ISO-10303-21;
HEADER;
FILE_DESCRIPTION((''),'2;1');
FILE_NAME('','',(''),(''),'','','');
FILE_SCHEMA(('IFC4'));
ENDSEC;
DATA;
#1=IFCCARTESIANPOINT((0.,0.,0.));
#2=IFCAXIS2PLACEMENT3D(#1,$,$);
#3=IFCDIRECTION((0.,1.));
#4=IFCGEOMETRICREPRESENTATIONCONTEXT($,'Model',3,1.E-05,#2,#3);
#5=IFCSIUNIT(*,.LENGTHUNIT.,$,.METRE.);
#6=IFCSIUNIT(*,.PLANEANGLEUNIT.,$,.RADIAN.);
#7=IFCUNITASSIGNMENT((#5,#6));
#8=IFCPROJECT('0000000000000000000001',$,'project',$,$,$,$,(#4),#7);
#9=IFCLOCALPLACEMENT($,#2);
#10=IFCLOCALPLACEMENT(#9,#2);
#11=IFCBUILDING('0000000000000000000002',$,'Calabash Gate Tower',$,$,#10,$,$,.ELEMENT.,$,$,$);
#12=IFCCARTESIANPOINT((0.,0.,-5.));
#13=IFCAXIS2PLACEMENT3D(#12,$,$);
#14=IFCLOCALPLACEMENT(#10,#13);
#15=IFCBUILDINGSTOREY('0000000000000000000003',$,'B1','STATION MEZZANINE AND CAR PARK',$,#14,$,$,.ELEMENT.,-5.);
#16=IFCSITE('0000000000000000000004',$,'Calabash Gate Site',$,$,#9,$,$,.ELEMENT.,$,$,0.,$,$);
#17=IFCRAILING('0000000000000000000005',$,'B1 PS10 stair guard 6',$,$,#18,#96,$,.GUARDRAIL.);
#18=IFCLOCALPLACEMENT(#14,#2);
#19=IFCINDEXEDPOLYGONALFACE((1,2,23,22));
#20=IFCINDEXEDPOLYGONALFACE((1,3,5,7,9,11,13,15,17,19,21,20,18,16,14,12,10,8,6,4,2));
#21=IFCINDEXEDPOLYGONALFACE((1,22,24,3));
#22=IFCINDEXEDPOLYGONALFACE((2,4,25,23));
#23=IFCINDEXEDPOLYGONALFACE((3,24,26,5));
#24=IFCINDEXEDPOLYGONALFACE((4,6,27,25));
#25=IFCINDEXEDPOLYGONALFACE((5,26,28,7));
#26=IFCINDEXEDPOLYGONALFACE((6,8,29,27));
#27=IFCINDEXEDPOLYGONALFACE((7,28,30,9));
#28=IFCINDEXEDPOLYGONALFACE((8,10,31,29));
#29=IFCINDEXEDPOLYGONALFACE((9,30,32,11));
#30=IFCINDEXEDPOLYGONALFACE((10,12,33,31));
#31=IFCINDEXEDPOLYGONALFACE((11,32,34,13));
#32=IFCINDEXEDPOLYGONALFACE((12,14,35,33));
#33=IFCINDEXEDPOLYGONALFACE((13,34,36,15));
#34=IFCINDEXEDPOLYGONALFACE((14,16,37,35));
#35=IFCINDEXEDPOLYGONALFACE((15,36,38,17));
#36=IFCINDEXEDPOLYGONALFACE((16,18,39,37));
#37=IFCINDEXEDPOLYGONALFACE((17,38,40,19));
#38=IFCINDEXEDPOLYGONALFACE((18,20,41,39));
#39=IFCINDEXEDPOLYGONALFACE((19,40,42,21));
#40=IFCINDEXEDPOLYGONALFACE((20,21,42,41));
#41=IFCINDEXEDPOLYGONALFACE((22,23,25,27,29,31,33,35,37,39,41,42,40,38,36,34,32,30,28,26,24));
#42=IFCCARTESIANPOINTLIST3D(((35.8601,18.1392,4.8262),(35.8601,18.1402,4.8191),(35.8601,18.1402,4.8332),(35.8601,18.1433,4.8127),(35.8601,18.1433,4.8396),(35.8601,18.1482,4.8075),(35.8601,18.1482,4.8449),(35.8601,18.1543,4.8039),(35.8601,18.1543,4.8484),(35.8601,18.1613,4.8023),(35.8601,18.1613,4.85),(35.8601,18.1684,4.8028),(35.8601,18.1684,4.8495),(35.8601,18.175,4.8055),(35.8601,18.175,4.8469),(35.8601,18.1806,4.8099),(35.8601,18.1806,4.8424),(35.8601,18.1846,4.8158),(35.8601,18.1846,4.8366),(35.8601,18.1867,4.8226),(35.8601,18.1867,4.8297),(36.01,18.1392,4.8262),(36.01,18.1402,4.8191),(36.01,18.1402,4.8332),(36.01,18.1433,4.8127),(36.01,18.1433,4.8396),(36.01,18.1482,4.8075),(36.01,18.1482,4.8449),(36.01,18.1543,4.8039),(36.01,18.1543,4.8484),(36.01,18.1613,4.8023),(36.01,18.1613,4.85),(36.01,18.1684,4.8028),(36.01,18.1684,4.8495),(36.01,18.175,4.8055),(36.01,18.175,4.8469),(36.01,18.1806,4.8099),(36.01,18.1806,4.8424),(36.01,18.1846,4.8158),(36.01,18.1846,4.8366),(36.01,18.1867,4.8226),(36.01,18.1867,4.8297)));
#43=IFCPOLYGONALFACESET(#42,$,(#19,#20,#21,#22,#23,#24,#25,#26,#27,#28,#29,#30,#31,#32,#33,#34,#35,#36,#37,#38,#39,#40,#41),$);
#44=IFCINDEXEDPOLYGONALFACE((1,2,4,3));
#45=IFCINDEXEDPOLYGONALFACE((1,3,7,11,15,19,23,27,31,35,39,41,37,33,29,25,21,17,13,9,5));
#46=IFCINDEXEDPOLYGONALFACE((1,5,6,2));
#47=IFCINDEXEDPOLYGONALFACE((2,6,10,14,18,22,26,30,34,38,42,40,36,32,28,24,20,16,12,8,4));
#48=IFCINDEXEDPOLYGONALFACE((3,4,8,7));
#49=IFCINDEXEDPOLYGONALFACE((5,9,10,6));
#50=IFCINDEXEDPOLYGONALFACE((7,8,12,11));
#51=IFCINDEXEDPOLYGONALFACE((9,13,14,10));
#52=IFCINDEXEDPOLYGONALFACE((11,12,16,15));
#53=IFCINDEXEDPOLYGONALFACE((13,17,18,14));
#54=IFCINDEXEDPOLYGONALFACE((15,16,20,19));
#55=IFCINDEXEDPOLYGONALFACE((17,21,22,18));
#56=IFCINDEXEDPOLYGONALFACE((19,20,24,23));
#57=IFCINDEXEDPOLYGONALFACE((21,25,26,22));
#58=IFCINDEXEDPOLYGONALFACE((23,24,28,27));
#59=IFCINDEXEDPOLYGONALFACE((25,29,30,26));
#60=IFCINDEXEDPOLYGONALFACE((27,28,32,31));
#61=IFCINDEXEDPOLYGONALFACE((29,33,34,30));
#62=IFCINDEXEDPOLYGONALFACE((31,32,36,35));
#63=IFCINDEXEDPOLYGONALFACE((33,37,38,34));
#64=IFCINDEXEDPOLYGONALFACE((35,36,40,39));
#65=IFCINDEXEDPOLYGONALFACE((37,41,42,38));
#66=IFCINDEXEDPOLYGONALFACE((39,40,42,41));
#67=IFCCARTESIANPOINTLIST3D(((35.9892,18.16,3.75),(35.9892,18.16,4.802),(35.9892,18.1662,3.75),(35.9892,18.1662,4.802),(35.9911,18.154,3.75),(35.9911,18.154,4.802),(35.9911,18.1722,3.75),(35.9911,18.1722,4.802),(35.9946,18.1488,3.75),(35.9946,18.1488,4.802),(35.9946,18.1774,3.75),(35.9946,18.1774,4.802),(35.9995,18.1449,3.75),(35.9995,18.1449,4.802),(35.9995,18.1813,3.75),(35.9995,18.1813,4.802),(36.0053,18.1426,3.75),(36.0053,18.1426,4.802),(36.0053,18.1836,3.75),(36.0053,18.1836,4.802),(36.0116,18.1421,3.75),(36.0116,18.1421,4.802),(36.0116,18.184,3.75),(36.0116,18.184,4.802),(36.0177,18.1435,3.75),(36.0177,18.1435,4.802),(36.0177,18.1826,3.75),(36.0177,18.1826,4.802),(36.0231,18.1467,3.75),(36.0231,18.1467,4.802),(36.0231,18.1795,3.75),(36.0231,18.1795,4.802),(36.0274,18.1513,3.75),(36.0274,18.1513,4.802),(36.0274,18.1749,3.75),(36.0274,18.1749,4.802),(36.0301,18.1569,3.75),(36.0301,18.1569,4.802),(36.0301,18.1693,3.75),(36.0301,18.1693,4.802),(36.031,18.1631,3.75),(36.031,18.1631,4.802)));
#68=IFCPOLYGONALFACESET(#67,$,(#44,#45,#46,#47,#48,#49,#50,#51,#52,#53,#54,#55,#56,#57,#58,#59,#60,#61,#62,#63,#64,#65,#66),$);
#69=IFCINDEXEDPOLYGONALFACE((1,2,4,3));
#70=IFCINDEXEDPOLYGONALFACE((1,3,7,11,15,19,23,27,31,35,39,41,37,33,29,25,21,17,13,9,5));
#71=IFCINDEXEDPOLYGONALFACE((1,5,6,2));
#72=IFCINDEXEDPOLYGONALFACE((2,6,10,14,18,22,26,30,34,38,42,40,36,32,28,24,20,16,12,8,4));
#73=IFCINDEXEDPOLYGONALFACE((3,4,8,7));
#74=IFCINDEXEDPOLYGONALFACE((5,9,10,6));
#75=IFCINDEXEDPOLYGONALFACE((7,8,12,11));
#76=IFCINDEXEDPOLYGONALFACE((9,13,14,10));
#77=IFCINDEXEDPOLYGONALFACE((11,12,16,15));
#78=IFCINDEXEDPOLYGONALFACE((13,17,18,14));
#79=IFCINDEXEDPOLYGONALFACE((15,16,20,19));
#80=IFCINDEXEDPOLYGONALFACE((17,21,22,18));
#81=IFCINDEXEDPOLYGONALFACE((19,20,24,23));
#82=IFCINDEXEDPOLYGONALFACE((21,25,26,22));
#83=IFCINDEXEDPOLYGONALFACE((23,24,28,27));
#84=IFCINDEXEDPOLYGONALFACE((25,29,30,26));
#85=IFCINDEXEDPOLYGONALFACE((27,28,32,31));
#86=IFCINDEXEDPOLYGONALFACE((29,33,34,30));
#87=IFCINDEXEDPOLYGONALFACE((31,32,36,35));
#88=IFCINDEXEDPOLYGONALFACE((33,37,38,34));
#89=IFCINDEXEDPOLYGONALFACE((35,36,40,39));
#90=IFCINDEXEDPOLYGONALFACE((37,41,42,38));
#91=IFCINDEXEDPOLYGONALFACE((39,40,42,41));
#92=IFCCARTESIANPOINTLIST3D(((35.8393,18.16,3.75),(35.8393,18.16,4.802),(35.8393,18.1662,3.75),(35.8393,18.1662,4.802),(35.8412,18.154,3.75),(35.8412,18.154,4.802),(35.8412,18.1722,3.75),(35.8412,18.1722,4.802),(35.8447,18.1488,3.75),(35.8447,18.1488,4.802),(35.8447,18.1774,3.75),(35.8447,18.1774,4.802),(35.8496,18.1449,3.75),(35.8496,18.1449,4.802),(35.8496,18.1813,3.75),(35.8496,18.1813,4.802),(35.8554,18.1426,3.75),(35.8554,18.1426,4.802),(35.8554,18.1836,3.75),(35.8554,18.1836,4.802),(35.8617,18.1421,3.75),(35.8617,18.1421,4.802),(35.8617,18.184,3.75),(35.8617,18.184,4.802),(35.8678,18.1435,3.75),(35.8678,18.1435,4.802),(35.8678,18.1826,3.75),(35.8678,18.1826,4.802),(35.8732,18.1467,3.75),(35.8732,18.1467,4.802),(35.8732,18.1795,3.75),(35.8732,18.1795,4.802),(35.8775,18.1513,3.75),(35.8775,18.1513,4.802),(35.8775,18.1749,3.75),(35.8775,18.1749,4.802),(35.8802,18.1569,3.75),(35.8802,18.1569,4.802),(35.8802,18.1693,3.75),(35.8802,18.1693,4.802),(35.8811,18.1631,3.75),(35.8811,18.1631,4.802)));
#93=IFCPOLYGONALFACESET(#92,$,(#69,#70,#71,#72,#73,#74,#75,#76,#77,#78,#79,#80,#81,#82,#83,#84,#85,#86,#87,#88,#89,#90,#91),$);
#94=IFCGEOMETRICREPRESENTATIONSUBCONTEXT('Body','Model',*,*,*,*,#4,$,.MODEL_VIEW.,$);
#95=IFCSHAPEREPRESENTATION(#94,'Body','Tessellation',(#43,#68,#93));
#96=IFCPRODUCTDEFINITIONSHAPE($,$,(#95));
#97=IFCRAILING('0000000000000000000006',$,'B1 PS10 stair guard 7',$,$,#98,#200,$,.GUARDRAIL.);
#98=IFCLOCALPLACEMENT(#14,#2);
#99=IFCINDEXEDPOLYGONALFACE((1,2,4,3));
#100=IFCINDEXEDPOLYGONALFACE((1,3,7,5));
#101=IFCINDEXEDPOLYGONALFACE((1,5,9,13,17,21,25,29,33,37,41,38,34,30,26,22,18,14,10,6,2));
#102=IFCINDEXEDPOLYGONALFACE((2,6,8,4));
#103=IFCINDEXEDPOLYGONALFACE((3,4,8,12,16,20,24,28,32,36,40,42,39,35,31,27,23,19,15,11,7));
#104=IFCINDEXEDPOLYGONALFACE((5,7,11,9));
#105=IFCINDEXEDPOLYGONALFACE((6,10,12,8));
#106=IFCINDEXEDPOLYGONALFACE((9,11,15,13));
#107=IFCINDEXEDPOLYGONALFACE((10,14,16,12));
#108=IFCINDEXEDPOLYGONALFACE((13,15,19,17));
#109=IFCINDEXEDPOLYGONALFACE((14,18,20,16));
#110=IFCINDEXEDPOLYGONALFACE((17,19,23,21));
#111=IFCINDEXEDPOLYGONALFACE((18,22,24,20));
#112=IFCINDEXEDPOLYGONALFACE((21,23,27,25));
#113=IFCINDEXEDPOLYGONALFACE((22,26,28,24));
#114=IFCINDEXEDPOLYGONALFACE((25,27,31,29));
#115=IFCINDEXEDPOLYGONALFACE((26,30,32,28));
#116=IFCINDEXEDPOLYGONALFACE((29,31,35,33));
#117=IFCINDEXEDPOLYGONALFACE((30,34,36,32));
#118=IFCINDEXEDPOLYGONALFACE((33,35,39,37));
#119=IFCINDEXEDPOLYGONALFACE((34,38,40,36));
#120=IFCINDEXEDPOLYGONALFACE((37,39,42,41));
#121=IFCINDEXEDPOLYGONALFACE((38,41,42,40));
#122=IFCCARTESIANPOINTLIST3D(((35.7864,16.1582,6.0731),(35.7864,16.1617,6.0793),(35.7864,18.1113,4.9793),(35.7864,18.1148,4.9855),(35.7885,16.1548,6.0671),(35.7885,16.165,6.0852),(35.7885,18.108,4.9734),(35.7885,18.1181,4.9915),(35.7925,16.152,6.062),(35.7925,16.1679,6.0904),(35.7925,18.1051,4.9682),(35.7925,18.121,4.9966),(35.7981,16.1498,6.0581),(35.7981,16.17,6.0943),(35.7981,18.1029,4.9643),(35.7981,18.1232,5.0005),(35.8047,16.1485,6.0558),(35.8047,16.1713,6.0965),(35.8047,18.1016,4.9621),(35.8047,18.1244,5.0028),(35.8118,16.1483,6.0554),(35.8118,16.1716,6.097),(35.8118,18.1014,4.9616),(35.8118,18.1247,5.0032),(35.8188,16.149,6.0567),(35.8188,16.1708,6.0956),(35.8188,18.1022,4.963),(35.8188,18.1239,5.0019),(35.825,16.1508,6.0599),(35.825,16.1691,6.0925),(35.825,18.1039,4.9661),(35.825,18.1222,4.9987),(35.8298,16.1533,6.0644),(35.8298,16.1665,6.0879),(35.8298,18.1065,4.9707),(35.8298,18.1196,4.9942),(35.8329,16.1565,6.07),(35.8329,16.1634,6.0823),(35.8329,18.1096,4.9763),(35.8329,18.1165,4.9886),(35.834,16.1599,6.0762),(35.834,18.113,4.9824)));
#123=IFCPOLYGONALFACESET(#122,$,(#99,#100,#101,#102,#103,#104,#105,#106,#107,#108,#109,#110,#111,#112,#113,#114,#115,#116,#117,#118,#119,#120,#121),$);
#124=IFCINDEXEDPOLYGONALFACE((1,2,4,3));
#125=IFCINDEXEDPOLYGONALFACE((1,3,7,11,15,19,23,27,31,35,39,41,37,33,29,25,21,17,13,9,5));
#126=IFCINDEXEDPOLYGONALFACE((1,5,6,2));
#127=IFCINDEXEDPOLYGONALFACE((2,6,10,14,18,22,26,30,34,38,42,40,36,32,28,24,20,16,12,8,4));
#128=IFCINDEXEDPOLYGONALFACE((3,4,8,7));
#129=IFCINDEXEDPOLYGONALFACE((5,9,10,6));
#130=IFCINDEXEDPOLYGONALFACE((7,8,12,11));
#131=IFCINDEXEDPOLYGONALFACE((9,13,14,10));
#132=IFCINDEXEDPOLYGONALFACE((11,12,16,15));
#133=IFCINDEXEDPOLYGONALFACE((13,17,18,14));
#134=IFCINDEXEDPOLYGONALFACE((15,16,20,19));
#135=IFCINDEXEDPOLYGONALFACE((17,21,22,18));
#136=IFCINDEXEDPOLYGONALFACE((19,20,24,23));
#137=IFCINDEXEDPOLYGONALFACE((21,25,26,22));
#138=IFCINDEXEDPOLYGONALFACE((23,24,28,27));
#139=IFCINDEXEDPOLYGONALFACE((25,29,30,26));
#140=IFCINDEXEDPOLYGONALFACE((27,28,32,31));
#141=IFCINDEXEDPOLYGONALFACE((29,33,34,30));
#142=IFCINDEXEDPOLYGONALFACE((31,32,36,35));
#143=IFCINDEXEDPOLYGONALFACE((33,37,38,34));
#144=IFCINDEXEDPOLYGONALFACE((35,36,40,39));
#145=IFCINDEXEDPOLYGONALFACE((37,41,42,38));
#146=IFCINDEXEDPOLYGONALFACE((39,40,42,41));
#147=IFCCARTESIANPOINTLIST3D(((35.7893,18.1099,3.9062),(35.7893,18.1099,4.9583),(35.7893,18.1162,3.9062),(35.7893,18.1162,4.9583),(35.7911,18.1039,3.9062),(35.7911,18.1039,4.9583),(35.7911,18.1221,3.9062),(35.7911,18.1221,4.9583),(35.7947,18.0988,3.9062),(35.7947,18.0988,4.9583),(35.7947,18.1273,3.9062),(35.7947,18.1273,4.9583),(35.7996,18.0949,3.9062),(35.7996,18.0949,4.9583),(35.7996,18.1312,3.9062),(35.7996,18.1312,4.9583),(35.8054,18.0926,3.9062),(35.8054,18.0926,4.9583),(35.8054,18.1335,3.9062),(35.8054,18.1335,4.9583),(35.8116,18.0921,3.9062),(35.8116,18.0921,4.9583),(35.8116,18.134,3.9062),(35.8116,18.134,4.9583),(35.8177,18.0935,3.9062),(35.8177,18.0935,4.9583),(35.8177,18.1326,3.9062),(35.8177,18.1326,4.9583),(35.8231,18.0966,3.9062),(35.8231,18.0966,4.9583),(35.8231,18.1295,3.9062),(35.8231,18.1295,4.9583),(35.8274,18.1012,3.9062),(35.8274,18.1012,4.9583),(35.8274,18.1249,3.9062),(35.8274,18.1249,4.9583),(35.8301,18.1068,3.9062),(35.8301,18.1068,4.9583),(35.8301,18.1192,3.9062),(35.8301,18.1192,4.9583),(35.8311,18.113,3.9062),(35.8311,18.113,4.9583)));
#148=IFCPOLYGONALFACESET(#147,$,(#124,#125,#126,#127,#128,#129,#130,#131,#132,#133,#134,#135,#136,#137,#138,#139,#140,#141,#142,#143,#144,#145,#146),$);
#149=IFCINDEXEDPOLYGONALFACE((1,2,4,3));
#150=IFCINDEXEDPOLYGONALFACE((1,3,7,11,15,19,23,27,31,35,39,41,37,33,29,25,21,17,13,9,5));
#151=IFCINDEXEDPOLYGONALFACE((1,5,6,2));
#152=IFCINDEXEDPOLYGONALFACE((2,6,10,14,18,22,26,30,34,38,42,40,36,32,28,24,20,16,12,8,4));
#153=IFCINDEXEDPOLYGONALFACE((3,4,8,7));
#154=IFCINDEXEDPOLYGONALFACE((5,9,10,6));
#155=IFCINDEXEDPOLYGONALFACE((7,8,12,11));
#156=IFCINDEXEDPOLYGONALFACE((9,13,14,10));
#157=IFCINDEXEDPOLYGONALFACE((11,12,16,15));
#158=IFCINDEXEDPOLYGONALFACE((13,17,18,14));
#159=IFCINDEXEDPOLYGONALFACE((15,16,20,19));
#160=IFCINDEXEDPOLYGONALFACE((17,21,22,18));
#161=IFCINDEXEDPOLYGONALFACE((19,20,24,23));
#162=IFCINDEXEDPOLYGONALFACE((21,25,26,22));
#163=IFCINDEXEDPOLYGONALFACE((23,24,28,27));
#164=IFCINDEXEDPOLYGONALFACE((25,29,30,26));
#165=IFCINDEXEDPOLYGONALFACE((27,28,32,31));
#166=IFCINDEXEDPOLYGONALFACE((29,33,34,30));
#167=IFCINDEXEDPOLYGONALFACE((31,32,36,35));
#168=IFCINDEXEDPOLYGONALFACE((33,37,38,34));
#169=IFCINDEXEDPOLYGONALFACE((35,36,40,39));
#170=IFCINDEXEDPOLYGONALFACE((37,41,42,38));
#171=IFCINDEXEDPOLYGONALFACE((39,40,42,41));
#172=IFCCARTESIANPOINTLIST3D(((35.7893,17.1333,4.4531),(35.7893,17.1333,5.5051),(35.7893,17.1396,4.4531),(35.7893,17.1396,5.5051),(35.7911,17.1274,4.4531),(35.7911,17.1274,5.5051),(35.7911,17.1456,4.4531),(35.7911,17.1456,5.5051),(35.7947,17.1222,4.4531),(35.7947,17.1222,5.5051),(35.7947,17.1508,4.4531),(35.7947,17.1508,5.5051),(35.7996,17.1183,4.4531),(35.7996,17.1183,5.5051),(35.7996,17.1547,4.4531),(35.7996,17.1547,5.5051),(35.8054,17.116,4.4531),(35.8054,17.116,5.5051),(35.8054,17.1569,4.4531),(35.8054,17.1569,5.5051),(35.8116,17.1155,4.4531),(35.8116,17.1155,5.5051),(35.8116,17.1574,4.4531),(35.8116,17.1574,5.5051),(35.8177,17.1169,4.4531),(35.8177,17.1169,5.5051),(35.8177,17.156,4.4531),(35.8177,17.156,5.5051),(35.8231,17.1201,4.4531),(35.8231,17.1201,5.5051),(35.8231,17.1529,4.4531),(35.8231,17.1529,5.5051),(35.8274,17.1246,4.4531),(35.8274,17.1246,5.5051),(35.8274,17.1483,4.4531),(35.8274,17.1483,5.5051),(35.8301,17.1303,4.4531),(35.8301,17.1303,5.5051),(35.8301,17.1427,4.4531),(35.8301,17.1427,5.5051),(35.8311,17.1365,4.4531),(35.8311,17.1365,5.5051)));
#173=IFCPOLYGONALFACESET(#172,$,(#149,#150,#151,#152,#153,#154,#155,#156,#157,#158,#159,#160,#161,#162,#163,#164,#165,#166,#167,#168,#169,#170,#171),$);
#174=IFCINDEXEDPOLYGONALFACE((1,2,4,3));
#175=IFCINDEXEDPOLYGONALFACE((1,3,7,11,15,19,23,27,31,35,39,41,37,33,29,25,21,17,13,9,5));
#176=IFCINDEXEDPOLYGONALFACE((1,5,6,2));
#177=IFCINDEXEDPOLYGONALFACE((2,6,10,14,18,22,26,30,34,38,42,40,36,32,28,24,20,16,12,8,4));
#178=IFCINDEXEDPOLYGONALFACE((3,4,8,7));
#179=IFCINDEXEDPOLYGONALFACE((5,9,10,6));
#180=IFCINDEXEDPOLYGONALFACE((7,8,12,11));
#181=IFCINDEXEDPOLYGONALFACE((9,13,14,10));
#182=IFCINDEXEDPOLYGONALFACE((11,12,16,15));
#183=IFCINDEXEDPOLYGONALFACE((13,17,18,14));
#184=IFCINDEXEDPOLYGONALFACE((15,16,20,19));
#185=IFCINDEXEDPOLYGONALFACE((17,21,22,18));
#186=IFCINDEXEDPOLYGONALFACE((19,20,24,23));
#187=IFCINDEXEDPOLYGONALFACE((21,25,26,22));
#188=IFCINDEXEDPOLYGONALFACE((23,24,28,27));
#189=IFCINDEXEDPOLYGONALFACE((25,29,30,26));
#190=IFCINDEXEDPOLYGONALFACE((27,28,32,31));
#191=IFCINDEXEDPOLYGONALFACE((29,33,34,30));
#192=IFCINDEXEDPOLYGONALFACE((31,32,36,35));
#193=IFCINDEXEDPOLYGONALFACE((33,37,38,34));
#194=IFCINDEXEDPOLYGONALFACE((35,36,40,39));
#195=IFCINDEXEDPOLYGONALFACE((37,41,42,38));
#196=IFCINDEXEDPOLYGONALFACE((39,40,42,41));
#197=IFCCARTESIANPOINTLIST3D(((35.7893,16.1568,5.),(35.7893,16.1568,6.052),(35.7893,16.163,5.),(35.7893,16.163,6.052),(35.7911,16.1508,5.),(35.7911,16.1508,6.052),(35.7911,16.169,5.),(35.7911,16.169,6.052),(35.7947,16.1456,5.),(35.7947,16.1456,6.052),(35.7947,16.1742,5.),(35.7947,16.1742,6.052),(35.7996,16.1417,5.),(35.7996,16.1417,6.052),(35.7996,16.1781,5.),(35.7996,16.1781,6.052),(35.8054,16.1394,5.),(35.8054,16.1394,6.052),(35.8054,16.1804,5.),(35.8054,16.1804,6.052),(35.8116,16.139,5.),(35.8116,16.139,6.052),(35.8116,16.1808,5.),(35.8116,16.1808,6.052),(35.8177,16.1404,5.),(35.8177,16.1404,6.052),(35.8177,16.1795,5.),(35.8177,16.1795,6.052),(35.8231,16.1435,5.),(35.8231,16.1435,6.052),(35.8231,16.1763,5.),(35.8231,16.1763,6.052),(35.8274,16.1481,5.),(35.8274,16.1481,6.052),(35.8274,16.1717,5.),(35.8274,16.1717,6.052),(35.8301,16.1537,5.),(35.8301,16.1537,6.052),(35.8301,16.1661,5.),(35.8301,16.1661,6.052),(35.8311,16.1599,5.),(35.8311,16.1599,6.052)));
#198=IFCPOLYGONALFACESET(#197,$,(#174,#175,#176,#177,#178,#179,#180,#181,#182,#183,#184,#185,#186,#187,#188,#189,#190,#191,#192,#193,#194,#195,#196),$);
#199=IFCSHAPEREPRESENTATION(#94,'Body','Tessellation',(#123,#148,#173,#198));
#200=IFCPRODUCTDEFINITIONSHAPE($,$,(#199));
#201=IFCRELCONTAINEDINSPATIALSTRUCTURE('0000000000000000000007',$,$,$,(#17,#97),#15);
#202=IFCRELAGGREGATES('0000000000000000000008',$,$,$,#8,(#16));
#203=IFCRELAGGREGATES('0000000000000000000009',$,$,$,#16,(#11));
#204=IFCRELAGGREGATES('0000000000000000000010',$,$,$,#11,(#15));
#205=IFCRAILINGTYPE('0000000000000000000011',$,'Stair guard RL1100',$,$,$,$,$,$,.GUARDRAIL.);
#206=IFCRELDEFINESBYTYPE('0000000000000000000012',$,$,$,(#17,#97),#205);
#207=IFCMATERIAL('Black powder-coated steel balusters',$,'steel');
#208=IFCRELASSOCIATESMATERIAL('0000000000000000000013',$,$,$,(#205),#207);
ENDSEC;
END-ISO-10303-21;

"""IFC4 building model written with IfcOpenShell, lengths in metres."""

from ifc_helpers import new_model, si_unit, direction, frame, origin, origin_2d, place, context, subcontext, project, spatial, circle, extrude, material, type_object, element, save


model = new_model("IFC4")

# Units and contexts
model_context = context("Model", 3, precision=1e-05, world=origin(), true_north=direction((0.0, 1.0)))
body_context = subcontext(model_context, "Body", "Model", "MODEL_VIEW")
ifc_project = project(units=[si_unit("LENGTHUNIT", "METRE"), si_unit("PLANEANGLEUNIT", "RADIAN")], contexts=[model_context])

# Site, building, storey
site_placement = place(None, origin())
site = spatial("IfcSite", under=ifc_project, at=site_placement, Name="Calabash Gate Site", CompositionType="ELEMENT", RefElevation=0.0)
building_placement = place(site_placement, origin())
building = spatial("IfcBuilding", under=site, at=building_placement, Name="Calabash Gate Tower", CompositionType="ELEMENT")
storey_placement = place(building_placement, frame((0.0, 0.0, -5.0)))
storey = spatial("IfcBuildingStorey", under=building, at=storey_placement, Name="B1", Description="STATION MEZZANINE AND CAR PARK", CompositionType="ELEMENT", Elevation=-5.0)

# Railings
ifc_material_1 = material(Name="Black powder-coated steel balusters", Category="steel")
railing_type_1 = type_object("IfcRailingType", Name="Stair guard RL1100", PredefinedType="GUARDRAIL", material=ifc_material_1)
railing_1_placement = place(storey_placement, frame((36.01, 18.1631, 3.75)))
element("IfcRailing", 1, at=railing_1_placement, inside=storey, type_object=railing_type_1, Name="B1 PS10 stair guard 6", PredefinedType="GUARDRAIL", context=body_context, shape_type="SweptSolid", body=[
    extrude(circle(Radius=0.0239, at=origin_2d()), frame((0.0, 0.0, 1.0762), z_axis=(-1.0, 0.0, 0.0), x_axis=(0.0, -1.0, 0.0)), (0.0, 0.0, 1.0), 0.1499),
    extrude(circle(Radius=0.021, at=origin_2d()), origin(), (0.0, 0.0, 1.0), 1.052),
    extrude(circle(Radius=0.021, at=origin_2d()), frame((-0.1499, 0.0, 0.0)), (0.0, 0.0, 1.0), 1.052),
])
railing_2_placement = place(storey_placement, frame((35.8101, 18.113, 3.9062)))
element("IfcRailing", 2, at=railing_2_placement, inside=storey, type_object=railing_type_1, Name="B1 PS10 stair guard 7", PredefinedType="GUARDRAIL", context=body_context, shape_type="SweptSolid", body=[
    extrude(circle(Radius=0.0239, at=origin_2d()), frame((0.0, 0.0, 1.0762), z_axis=(0.0, -0.872506, 0.488603), x_axis=(1.0, 0.0, 0.0)), (0.0, 0.0, 1.0), 2.2385),
    extrude(circle(Radius=0.021, at=origin_2d()), origin(), (0.0, 0.0, 1.0), 1.052),
    extrude(circle(Radius=0.021, at=origin_2d()), frame((0.0, -0.9766, 0.5469)), (0.0, 0.0, 1.0), 1.052),
    extrude(circle(Radius=0.021, at=origin_2d()), frame((0.0, -1.9531, 1.0938)), (0.0, 0.0, 1.0), 1.052),
])

save(model, "model.ifc")
